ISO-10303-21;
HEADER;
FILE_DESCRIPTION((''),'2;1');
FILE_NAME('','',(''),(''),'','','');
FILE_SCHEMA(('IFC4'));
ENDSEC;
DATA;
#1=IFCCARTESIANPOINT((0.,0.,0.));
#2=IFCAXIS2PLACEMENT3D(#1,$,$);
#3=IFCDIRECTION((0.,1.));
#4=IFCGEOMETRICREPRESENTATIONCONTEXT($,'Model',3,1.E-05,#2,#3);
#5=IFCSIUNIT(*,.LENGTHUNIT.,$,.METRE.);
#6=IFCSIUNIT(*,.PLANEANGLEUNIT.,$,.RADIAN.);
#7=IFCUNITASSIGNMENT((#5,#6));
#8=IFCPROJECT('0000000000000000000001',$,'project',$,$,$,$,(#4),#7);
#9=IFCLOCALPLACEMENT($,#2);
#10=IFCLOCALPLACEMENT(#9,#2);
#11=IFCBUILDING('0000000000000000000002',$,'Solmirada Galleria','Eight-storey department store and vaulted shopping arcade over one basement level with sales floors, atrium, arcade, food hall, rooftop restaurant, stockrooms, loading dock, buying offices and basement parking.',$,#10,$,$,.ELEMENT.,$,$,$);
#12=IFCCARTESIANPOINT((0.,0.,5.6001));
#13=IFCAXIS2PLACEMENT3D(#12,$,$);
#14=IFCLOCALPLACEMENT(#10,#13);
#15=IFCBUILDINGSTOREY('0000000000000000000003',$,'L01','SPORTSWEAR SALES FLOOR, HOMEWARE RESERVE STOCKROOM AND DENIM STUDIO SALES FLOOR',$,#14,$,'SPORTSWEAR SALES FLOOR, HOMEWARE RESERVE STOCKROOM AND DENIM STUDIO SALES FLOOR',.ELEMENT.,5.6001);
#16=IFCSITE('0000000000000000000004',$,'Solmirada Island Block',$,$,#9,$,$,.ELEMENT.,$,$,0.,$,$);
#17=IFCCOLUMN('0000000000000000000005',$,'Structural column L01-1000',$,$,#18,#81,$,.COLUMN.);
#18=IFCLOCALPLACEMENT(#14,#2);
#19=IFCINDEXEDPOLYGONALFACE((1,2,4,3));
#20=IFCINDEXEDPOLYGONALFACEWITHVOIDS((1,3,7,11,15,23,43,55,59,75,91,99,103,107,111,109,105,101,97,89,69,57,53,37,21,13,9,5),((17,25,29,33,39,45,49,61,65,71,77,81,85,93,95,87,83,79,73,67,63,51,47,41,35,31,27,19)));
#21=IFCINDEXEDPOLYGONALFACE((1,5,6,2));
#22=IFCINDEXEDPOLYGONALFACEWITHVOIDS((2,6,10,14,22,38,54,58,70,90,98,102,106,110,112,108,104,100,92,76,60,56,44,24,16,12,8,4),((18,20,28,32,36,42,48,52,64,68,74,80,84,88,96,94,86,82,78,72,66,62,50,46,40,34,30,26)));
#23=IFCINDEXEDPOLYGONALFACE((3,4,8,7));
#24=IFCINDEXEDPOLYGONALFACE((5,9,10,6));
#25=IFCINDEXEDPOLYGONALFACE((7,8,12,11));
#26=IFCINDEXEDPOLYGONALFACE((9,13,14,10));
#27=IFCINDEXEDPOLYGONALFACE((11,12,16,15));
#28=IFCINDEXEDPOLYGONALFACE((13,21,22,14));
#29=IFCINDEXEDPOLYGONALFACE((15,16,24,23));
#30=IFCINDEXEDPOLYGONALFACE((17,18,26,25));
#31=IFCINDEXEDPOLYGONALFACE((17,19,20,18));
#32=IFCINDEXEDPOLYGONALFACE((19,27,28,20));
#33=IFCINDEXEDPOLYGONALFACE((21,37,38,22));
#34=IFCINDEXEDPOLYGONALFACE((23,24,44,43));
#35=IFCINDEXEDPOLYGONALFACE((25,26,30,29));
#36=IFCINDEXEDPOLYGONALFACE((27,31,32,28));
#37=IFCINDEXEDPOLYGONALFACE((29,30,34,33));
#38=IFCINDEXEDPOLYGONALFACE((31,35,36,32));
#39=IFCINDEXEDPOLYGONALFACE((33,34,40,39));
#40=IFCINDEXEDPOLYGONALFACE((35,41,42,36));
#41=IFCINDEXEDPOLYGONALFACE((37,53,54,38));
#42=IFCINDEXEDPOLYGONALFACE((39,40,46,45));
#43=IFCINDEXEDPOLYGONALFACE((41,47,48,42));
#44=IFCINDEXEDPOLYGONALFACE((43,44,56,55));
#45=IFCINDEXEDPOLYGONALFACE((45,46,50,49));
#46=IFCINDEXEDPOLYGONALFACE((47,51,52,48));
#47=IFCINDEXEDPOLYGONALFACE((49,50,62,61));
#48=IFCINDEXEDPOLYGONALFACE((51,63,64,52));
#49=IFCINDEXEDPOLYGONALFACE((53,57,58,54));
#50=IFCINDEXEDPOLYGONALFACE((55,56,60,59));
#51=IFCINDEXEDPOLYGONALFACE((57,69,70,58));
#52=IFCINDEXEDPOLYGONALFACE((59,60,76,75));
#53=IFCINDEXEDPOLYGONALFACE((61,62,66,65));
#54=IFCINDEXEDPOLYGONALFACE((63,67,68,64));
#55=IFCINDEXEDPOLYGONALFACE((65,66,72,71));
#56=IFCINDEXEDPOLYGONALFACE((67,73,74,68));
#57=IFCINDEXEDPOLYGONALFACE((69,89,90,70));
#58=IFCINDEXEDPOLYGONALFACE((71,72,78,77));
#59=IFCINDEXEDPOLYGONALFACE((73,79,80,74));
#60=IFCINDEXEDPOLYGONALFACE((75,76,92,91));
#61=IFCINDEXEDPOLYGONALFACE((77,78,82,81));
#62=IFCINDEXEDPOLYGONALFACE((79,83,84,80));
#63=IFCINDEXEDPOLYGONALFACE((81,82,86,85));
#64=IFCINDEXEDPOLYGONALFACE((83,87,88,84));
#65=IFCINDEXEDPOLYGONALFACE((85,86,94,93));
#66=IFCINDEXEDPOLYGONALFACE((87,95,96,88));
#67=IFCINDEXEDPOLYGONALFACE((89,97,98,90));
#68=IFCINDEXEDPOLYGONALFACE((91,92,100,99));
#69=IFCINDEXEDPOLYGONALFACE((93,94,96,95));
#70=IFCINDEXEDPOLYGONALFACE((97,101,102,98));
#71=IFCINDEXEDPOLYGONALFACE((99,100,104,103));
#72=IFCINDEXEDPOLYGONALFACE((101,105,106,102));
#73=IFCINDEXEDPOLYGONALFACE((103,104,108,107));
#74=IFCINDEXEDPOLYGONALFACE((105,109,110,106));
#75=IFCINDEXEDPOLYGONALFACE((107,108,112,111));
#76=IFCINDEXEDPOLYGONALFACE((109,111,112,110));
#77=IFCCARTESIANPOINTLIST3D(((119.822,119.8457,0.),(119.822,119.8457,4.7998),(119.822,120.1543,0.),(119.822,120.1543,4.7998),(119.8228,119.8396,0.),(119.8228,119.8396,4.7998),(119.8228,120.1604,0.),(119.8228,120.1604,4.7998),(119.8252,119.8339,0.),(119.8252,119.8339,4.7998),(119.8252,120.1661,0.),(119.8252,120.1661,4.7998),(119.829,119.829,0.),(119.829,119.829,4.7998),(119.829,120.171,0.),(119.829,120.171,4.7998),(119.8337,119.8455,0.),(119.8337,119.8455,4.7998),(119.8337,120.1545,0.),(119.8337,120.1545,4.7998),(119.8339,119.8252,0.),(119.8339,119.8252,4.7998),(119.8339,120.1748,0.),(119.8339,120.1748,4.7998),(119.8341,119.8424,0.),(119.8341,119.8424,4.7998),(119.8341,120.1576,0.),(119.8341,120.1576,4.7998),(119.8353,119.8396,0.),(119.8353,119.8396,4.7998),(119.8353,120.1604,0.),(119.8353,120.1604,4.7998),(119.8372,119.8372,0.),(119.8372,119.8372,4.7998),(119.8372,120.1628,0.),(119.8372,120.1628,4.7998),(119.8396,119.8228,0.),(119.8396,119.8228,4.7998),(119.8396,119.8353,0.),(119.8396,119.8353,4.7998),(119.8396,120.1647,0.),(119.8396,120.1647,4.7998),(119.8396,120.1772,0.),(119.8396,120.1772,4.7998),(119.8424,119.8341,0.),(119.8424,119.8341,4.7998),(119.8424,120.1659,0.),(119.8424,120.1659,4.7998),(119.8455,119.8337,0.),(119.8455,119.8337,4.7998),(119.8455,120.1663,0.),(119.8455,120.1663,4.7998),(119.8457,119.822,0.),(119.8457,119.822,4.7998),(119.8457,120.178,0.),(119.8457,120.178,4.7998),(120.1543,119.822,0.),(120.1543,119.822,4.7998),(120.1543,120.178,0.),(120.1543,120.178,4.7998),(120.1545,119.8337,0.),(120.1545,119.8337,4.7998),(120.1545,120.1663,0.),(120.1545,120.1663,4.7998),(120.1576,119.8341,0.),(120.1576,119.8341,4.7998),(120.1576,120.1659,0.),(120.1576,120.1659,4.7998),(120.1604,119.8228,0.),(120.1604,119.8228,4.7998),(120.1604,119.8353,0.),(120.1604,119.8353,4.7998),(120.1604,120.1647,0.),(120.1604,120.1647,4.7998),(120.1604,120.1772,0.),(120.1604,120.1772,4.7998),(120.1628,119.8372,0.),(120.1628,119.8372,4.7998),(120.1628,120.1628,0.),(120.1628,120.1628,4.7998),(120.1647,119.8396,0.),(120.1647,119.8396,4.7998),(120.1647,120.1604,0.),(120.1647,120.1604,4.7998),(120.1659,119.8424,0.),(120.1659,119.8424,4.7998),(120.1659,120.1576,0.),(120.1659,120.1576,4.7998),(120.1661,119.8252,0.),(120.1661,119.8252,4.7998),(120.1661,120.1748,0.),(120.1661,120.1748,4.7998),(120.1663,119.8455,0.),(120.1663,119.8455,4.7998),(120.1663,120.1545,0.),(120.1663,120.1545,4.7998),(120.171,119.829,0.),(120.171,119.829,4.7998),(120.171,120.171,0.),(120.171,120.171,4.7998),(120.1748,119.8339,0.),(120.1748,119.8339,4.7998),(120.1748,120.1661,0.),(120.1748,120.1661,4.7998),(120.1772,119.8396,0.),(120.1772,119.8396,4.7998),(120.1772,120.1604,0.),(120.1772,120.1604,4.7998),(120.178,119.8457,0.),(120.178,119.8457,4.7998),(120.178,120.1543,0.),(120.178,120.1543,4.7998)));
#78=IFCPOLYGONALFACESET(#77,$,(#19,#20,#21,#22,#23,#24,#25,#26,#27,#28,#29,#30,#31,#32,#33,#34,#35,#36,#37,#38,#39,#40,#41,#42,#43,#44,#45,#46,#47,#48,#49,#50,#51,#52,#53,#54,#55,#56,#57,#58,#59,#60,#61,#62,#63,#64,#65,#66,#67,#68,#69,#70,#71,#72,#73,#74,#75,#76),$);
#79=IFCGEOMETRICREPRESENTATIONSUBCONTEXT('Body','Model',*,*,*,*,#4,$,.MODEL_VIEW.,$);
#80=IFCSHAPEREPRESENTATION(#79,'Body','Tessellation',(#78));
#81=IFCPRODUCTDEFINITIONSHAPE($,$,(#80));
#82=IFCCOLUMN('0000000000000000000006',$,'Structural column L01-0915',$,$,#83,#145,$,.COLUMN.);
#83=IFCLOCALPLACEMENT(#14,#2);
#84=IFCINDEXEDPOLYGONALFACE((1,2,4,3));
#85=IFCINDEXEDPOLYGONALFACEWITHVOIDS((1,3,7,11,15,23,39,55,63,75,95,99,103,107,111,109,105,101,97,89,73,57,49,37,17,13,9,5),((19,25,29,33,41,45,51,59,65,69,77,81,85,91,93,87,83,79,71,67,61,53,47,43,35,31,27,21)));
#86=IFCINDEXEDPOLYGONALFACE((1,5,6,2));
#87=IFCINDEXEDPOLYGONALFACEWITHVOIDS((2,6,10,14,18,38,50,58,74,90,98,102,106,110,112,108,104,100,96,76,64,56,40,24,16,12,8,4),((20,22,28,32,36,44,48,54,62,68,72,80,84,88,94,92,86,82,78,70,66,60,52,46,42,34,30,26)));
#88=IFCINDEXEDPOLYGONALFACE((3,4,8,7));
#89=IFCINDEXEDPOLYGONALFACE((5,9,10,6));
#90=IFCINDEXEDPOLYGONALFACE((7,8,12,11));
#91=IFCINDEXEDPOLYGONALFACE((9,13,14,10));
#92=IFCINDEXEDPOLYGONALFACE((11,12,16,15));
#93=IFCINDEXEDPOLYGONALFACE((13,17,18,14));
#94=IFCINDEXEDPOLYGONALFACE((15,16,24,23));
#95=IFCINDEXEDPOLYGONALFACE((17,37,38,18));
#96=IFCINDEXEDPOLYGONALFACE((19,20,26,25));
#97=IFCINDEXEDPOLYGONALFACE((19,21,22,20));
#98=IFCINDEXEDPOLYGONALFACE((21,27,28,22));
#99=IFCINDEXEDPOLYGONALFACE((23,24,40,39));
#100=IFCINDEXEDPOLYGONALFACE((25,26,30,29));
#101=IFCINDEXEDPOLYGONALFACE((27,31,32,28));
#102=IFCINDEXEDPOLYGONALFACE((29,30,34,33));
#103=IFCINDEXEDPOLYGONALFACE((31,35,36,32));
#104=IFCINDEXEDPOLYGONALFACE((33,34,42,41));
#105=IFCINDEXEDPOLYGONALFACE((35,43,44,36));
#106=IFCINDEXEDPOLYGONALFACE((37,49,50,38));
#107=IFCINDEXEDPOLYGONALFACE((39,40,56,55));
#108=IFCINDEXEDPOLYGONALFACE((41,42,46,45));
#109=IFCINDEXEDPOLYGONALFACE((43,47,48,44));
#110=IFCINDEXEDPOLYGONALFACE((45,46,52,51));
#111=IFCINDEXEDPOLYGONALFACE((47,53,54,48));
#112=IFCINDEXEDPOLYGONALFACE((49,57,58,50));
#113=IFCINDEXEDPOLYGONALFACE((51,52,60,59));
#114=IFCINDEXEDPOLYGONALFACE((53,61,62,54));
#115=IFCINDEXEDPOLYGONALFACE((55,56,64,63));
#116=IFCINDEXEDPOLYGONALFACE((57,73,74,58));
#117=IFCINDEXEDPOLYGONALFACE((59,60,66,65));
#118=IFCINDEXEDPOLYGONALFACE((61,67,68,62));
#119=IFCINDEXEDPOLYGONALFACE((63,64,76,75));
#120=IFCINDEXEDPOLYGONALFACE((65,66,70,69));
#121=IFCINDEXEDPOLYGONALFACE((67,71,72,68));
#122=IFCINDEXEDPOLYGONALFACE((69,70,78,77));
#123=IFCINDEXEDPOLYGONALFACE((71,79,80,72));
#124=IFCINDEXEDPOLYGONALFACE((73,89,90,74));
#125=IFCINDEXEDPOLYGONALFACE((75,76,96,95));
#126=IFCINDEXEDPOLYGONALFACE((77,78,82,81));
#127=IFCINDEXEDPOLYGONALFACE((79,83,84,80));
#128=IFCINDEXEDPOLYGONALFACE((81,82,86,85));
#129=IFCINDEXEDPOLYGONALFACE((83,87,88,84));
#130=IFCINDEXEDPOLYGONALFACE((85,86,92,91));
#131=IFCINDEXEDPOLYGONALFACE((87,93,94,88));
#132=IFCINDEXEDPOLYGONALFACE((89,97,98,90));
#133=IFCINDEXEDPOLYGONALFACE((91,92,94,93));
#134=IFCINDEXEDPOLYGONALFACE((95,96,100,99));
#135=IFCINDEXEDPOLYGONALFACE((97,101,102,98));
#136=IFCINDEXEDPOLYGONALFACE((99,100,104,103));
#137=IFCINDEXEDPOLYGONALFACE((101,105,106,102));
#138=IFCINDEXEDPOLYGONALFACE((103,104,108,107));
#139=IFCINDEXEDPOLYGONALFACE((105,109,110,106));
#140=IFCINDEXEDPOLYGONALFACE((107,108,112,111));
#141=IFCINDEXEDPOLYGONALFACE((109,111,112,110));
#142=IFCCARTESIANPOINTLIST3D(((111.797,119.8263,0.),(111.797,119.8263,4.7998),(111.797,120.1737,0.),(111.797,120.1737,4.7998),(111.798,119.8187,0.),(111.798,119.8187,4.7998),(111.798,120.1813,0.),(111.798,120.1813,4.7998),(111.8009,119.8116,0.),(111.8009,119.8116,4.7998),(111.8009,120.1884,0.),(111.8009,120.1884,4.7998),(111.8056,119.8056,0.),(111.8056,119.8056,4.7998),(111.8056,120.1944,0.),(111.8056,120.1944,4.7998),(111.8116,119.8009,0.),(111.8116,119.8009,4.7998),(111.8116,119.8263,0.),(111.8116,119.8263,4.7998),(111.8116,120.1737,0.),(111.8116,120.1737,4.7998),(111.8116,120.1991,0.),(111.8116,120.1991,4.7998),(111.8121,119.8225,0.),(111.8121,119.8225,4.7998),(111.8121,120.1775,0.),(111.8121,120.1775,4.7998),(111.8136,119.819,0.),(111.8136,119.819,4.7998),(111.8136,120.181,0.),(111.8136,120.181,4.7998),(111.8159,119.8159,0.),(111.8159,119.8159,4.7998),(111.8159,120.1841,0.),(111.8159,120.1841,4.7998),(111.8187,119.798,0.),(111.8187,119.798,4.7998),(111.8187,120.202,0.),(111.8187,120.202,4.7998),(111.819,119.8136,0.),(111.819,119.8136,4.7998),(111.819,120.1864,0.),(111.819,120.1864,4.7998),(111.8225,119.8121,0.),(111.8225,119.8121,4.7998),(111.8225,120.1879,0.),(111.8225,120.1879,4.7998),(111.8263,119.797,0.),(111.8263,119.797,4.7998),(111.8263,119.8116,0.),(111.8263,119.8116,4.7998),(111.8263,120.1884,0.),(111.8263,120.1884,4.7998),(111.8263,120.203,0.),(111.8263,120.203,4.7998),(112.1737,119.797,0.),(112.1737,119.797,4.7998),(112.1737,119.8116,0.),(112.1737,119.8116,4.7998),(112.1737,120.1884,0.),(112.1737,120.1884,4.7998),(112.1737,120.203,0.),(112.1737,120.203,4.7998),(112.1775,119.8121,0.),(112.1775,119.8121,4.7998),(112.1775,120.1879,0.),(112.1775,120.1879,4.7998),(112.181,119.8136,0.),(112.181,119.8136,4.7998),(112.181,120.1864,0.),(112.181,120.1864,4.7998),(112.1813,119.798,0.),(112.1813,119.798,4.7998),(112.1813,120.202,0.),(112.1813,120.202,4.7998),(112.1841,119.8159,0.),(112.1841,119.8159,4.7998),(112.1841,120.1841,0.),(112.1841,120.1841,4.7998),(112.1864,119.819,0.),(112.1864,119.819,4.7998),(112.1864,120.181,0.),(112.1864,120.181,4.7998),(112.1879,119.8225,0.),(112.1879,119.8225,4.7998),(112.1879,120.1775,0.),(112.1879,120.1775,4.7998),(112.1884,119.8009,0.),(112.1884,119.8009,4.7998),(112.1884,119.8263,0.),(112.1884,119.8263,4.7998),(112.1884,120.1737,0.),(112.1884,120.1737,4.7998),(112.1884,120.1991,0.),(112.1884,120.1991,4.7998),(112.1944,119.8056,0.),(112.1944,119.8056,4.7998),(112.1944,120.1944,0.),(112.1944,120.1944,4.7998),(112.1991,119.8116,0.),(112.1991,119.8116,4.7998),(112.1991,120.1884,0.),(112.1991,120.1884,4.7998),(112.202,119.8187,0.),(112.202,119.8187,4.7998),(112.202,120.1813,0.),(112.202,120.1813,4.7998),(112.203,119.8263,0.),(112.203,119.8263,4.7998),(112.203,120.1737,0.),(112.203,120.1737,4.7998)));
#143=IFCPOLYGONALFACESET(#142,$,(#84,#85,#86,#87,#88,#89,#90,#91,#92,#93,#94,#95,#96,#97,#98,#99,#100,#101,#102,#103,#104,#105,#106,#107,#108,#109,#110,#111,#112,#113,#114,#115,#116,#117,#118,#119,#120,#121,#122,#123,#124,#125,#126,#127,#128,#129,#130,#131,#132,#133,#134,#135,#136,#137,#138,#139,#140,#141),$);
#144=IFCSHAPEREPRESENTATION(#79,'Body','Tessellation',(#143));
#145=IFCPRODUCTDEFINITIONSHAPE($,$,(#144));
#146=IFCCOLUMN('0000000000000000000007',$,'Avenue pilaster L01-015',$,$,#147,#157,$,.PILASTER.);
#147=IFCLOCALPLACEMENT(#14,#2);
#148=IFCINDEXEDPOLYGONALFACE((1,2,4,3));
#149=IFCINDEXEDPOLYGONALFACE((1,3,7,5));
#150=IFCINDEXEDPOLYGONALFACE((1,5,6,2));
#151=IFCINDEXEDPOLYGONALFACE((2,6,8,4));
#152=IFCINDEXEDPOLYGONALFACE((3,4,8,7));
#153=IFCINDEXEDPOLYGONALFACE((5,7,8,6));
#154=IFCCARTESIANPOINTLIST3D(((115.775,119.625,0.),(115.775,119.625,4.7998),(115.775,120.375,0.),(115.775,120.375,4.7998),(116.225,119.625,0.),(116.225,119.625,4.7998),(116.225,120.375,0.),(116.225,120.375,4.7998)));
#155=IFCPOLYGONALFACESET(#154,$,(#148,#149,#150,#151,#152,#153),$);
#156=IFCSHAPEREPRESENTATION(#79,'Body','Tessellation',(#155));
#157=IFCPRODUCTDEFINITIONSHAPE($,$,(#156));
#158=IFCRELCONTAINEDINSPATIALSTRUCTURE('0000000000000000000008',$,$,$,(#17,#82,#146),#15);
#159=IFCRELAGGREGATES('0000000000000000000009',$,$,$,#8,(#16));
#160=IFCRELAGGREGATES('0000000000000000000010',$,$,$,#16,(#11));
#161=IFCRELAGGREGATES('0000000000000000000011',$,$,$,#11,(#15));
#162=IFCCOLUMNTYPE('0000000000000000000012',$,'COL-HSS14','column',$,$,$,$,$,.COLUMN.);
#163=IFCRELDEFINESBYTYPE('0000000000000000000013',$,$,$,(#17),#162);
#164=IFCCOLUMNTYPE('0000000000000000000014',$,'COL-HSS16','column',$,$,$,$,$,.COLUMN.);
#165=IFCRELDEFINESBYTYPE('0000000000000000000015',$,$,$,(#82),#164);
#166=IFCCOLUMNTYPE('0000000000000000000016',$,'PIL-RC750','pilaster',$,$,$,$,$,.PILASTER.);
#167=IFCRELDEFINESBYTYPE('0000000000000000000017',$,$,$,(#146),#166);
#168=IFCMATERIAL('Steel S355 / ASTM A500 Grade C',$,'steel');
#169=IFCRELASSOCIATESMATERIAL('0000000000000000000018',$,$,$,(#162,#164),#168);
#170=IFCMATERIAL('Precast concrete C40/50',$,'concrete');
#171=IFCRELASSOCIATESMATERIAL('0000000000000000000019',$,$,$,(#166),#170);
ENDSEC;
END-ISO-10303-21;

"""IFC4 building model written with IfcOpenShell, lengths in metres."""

from ifc_helpers import new_model, si_unit, direction, frame, origin, origin_2d, place, context, subcontext, project, spatial, rectangle, hollow_rectangle, extrude, material, material_profile, profile_set, type_object, element, save


model = new_model("IFC4")

# Units and contexts
model_context = context("Model", 3, precision=1e-05, world=origin(), true_north=direction((0.0, 1.0)))
body_context = subcontext(model_context, "Body", "Model", "MODEL_VIEW")
ifc_project = project(units=[si_unit("LENGTHUNIT", "METRE"), si_unit("PLANEANGLEUNIT", "RADIAN")], contexts=[model_context])

# Site, building, storey
site_placement = place(None, origin())
site = spatial("IfcSite", under=ifc_project, at=site_placement, Name="Solmirada Island Block", CompositionType="ELEMENT", RefElevation=0.0)
building_placement = place(site_placement, origin())
building = spatial("IfcBuilding", under=site, at=building_placement, Name="Solmirada Galleria", Description="Eight-storey department store and vaulted shopping arcade over one basement level with sales floors, atrium, arcade, food hall, rooftop restaurant, stockrooms, loading dock, buying offices and basement parking.", CompositionType="ELEMENT")
storey_placement = place(building_placement, frame((0.0, 0.0, 5.6001)))
storey = spatial("IfcBuildingStorey", under=building, at=storey_placement, Name="L01", Description="SPORTSWEAR SALES FLOOR, HOMEWARE RESERVE STOCKROOM AND DENIM STUDIO SALES FLOOR", LongName="SPORTSWEAR SALES FLOOR, HOMEWARE RESERVE STOCKROOM AND DENIM STUDIO SALES FLOOR", CompositionType="ELEMENT", Elevation=5.6001)

# Columns
ifc_material_1 = material(Name="Steel S355 / ASTM A500 Grade C", Category="steel")
ifc_material_profile_1 = material_profile(ifc_material_1, hollow_rectangle(XDim=0.356, YDim=0.356, WallThickness=0.0117, InnerFilletRadius=0.0117, OuterFilletRadius=0.0237, at=origin_2d()), Name="HSS14X14X1/2")
ifc_profile_set_1 = profile_set([ifc_material_profile_1], Name="Steel S355 / ASTM A500 Grade C")
column_type_1 = type_object("IfcColumnType", Name="COL-HSS14", Description="column", PredefinedType="COLUMN", material=ifc_profile_set_1)
column_1_placement = place(storey_placement, frame((120.0, 120.0, 0.0), z_axis=(0.0, 0.0, 1.0), x_axis=(1.0, 0.0, 0.0)))
element("IfcColumn", 1, at=column_1_placement, inside=storey, type_object=column_type_1, Name="Structural column L01-1000", PredefinedType="COLUMN", context=body_context, shape_type="SweptSolid", body=[
    extrude(hollow_rectangle(XDim=0.356, YDim=0.356, WallThickness=0.0117, InnerFilletRadius=0.0117, OuterFilletRadius=0.0237, at=origin_2d()), origin(), (0.0, 0.0, 1.0), 4.7998),
])
ifc_material_profile_2 = material_profile(ifc_material_1, hollow_rectangle(XDim=0.406, YDim=0.406, WallThickness=0.0146, InnerFilletRadius=0.0146, OuterFilletRadius=0.0293, at=origin_2d()), Name="HSS16X16X5/8")
ifc_profile_set_2 = profile_set([ifc_material_profile_2], Name="Steel S355 / ASTM A500 Grade C")
column_type_2 = type_object("IfcColumnType", Name="COL-HSS16", Description="column", PredefinedType="COLUMN", material=ifc_profile_set_2)
column_2_placement = place(storey_placement, frame((112.0, 120.0, 0.0), z_axis=(0.0, 0.0, 1.0), x_axis=(1.0, 0.0, 0.0)))
element("IfcColumn", 2, at=column_2_placement, inside=storey, type_object=column_type_2, Name="Structural column L01-0915", PredefinedType="COLUMN", context=body_context, shape_type="SweptSolid", body=[
    extrude(hollow_rectangle(XDim=0.406, YDim=0.406, WallThickness=0.0146, InnerFilletRadius=0.0146, OuterFilletRadius=0.0293, at=origin_2d()), origin(), (0.0, 0.0, 1.0), 4.7998),
])
ifc_material_2 = material(Name="Precast concrete C40/50", Category="concrete")
ifc_material_profile_3 = material_profile(ifc_material_2, rectangle(XDim=0.45, YDim=0.75, at=origin_2d()), Name="RC750X450")
ifc_profile_set_3 = profile_set([ifc_material_profile_3], Name="Precast concrete C40/50")
column_type_3 = type_object("IfcColumnType", Name="PIL-RC750", Description="pilaster", PredefinedType="PILASTER", material=ifc_profile_set_3)
column_3_placement = place(storey_placement, frame((116.0, 120.0, 0.0), z_axis=(0.0, 0.0, 1.0), x_axis=(1.0, 0.0, 0.0)))
element("IfcColumn", 3, at=column_3_placement, inside=storey, type_object=column_type_3, Name="Avenue pilaster L01-015", PredefinedType="PILASTER", context=body_context, shape_type="SweptSolid", body=[
    extrude(rectangle(XDim=0.45, YDim=0.75, at=origin_2d()), origin(), (0.0, 0.0, 1.0), 4.7998),
])

save(model, "model.ifc")
